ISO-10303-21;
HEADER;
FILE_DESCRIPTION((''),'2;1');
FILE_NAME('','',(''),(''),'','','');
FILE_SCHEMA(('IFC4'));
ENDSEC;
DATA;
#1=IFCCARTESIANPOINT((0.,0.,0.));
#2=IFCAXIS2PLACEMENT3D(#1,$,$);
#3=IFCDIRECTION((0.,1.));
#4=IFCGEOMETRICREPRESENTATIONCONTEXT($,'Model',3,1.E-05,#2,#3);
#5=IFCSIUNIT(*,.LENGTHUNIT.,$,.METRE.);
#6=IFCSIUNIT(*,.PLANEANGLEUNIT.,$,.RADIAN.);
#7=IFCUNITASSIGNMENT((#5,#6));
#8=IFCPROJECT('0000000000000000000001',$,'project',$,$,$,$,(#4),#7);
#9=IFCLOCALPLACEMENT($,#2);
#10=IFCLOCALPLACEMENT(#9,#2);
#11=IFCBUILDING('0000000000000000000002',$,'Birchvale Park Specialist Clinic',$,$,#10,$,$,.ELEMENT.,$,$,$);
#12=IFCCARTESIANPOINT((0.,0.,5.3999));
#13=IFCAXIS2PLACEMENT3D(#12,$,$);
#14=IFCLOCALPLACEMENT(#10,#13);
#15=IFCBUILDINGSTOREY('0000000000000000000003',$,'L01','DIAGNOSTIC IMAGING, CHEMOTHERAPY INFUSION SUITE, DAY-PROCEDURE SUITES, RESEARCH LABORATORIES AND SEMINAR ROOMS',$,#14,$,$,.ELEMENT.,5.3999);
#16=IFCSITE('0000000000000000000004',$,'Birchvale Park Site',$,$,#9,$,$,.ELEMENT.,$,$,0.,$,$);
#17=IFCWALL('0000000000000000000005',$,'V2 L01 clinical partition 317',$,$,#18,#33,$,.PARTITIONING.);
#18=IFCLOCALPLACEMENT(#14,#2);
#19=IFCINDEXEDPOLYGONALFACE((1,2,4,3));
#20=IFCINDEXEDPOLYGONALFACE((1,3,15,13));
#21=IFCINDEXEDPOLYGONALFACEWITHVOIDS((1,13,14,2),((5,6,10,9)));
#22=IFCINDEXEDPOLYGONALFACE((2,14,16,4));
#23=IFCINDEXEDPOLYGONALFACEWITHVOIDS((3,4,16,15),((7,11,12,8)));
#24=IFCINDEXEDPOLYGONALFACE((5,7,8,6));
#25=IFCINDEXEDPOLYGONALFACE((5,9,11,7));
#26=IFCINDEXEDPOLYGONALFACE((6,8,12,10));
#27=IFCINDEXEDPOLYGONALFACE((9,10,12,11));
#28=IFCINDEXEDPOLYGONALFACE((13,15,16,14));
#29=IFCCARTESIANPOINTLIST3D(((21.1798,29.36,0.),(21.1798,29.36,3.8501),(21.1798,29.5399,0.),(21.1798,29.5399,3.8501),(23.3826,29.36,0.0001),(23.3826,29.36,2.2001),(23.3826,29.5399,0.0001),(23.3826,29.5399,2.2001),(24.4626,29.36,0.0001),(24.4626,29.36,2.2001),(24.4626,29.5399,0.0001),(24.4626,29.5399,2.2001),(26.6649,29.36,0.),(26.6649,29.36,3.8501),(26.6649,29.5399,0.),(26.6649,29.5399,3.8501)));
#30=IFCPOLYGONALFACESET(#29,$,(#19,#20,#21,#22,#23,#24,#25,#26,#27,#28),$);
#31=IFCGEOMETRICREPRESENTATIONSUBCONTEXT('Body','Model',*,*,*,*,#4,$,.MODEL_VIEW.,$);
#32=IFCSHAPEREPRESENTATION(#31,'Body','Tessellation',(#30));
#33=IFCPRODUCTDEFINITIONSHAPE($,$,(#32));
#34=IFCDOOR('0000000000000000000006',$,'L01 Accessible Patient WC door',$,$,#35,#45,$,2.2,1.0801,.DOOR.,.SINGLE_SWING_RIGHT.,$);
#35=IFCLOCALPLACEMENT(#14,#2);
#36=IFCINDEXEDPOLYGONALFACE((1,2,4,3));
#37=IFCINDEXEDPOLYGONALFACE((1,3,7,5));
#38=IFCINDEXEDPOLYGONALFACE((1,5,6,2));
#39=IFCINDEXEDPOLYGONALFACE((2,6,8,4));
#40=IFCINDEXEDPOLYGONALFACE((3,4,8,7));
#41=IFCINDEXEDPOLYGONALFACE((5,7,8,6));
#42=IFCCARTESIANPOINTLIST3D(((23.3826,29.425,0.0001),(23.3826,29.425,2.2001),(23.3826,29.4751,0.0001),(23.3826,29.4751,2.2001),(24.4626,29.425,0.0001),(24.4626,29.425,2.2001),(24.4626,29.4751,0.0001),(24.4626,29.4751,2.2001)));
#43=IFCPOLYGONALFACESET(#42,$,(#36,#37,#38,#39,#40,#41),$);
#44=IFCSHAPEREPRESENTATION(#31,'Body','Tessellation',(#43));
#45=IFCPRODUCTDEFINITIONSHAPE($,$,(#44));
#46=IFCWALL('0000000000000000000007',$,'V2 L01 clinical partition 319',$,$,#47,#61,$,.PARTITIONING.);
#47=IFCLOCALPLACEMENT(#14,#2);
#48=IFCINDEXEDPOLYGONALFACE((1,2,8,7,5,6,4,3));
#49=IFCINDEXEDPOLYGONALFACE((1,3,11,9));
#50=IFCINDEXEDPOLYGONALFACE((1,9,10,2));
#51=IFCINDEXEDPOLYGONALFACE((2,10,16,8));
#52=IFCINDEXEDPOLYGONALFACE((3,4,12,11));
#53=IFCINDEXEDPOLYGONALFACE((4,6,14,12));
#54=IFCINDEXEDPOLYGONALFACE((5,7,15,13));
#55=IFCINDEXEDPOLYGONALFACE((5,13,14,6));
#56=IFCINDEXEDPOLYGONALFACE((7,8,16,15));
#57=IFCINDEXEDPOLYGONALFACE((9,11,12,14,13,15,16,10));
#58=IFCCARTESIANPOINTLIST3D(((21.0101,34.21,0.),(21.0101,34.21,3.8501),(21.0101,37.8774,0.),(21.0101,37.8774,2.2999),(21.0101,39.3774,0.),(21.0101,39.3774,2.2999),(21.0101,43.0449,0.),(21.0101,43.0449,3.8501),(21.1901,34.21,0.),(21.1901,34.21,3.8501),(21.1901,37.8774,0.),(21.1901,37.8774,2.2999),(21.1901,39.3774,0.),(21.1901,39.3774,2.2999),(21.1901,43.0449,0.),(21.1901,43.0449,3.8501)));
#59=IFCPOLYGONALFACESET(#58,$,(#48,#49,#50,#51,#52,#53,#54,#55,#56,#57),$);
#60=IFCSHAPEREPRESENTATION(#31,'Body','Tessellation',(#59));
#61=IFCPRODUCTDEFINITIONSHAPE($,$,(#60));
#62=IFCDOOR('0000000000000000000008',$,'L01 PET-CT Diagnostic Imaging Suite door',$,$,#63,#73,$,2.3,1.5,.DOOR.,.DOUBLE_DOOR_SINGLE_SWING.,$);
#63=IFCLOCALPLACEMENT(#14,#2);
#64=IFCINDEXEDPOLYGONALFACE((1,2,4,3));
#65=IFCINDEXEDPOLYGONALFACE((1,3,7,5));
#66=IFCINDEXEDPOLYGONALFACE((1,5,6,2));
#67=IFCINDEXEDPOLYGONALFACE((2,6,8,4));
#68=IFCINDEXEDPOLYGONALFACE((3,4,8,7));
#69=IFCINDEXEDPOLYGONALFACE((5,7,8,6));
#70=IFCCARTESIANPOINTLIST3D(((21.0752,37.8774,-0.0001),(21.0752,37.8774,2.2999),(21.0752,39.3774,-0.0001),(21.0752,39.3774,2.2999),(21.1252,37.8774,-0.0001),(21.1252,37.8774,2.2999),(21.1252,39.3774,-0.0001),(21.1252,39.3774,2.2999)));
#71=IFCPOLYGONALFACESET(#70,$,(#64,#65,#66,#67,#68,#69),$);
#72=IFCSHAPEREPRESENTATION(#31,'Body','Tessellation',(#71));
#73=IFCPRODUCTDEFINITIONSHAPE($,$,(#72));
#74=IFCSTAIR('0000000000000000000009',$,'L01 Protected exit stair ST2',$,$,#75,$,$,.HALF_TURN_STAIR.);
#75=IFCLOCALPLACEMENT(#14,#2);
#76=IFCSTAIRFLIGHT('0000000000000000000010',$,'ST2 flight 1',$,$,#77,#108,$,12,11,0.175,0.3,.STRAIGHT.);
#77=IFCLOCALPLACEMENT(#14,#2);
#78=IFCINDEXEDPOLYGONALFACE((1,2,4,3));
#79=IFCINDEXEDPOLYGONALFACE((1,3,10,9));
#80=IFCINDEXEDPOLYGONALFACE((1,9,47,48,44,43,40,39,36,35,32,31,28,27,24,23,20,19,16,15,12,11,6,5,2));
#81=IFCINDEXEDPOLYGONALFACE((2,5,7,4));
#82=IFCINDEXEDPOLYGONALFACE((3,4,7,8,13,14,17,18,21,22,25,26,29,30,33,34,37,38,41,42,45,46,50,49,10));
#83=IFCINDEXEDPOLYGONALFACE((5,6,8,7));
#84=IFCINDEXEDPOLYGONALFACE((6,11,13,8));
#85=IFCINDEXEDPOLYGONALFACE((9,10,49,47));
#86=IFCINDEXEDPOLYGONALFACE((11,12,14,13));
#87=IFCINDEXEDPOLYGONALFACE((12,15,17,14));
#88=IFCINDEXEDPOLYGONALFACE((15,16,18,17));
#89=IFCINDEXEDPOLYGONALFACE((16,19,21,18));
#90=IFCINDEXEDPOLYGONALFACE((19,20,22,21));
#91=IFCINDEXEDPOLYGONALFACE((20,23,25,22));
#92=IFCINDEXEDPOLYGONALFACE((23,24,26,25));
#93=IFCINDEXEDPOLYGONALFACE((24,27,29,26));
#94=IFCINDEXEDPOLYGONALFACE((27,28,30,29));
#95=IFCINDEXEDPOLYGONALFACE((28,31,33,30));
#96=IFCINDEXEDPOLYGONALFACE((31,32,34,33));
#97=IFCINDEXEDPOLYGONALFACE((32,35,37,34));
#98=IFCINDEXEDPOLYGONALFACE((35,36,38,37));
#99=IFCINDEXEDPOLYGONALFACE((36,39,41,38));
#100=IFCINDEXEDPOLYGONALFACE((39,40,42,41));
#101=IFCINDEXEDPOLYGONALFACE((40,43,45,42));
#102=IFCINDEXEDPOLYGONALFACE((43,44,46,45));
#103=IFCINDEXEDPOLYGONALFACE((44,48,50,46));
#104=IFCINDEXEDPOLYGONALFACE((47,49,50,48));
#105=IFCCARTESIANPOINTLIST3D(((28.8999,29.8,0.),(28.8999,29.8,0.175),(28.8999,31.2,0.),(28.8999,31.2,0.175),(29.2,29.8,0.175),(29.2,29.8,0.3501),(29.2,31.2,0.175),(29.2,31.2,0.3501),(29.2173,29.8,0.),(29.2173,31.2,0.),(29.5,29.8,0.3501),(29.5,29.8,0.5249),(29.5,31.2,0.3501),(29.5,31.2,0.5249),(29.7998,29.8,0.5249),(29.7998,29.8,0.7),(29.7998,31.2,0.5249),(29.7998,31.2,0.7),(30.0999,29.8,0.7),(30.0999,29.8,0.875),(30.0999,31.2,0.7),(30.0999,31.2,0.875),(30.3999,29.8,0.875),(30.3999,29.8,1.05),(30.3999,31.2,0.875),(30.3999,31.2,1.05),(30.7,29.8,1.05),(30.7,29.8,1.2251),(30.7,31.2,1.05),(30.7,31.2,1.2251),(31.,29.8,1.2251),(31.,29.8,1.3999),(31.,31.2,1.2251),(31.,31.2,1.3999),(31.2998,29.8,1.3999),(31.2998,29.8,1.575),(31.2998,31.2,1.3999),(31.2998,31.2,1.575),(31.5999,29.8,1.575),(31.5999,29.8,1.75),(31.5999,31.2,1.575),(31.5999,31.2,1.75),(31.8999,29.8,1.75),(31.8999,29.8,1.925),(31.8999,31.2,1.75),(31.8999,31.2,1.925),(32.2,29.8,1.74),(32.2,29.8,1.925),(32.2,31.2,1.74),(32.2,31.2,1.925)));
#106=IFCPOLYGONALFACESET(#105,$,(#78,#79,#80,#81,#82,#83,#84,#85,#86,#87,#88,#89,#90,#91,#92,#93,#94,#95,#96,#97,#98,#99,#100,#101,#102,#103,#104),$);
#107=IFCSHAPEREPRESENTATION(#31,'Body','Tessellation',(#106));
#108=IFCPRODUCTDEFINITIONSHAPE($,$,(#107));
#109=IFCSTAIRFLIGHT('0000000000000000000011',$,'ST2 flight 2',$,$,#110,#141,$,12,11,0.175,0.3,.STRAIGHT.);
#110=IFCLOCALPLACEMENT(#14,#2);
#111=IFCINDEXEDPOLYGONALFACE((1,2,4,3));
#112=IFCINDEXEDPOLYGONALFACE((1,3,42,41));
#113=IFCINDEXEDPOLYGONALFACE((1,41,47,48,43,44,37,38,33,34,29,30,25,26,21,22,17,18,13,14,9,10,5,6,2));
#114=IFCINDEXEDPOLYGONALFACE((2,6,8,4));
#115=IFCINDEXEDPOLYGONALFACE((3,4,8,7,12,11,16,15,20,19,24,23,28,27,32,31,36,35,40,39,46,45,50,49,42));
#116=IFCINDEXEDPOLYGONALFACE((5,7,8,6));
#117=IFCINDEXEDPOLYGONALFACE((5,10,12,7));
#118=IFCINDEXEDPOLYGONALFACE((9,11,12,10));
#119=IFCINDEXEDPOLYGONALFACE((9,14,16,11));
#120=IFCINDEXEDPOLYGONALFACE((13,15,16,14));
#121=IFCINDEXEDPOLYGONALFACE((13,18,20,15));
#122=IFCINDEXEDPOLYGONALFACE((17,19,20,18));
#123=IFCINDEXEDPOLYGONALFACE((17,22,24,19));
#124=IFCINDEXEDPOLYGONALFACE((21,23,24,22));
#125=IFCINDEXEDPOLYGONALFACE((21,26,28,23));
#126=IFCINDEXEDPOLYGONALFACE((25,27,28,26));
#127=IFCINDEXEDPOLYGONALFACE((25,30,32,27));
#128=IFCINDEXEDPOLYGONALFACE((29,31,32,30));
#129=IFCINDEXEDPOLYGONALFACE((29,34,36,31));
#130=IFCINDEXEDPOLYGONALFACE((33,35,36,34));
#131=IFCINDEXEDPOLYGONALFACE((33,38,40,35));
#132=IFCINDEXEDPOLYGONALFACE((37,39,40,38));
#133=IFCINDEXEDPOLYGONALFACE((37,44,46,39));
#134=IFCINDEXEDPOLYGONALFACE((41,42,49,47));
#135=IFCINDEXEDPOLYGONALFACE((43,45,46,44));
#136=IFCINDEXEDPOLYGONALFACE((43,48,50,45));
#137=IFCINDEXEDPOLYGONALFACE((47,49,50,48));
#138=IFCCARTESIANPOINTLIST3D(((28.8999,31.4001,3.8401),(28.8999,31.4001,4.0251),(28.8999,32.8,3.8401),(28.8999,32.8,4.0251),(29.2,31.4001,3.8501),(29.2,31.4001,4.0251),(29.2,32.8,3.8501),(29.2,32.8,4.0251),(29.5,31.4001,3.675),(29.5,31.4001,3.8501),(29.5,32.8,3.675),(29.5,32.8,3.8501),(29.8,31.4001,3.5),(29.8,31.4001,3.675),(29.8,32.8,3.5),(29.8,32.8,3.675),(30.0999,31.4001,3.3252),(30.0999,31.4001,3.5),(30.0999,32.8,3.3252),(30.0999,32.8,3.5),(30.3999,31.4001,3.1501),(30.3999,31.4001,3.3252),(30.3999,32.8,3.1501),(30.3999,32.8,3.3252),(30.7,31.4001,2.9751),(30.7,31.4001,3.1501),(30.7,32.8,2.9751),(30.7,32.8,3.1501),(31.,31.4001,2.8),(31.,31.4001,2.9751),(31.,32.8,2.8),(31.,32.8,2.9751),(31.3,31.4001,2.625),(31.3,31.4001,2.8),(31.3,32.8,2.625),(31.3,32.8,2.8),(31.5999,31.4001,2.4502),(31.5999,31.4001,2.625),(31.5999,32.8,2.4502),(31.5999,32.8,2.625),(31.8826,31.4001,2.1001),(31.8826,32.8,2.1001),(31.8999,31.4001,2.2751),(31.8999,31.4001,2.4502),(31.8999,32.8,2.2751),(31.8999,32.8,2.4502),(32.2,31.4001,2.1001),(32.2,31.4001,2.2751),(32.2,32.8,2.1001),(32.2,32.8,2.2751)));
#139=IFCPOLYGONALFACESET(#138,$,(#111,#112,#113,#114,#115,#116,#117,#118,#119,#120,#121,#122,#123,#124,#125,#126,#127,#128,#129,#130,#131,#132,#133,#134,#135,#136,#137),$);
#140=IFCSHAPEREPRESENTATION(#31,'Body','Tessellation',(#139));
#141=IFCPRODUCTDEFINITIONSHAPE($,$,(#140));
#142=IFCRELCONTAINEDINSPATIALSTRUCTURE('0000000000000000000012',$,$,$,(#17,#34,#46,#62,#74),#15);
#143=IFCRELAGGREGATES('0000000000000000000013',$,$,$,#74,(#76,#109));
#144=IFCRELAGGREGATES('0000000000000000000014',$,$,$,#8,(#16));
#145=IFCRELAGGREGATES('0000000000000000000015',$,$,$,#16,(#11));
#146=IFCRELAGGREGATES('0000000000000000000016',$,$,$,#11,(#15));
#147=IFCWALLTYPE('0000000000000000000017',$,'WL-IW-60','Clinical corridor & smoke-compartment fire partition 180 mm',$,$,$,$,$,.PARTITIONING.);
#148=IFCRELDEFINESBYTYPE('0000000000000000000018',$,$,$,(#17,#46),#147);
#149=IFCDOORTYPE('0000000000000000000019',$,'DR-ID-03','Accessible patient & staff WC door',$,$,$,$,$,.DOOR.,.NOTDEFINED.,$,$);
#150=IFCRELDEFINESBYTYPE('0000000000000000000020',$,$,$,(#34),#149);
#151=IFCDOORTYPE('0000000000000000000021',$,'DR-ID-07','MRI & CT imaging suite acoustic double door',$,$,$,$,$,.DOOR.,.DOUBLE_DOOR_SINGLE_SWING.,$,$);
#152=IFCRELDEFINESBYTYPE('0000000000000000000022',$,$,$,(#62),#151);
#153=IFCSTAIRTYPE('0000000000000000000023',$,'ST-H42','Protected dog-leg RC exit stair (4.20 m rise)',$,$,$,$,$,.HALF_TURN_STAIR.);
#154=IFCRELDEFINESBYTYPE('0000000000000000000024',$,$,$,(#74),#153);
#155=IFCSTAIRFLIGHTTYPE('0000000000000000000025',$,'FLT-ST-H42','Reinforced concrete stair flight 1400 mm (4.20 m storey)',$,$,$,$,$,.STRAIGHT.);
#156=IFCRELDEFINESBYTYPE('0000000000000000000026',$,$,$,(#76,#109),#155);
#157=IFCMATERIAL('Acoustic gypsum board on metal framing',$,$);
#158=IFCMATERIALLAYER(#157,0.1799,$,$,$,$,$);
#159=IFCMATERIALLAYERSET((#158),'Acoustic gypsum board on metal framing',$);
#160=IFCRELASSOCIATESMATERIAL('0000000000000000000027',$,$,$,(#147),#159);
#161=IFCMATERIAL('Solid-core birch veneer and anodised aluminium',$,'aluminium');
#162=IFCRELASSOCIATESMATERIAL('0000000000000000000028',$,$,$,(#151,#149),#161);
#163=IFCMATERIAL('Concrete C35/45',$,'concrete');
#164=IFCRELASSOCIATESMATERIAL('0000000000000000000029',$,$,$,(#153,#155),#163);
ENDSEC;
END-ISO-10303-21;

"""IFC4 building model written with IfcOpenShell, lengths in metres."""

from ifc_helpers import new_model, si_unit, direction, frame, frame_2d, origin, place, context, subcontext, project, spatial, polyline, rectangle, outline, extrude, material, layer, layer_set, type_object, element, fill, aggregate, save


model = new_model("IFC4")

# Units and contexts
model_context = context("Model", 3, precision=1e-05, world=origin(), true_north=direction((0.0, 1.0)))
body_context = subcontext(model_context, "Body", "Model", "MODEL_VIEW")
ifc_project = project(units=[si_unit("LENGTHUNIT", "METRE"), si_unit("PLANEANGLEUNIT", "RADIAN")], contexts=[model_context])

# Site, building, storey
site_placement = place(None, origin())
site = spatial("IfcSite", under=ifc_project, at=site_placement, Name="Birchvale Park Site", CompositionType="ELEMENT", RefElevation=0.0)
building_placement = place(site_placement, origin())
building = spatial("IfcBuilding", under=site, at=building_placement, Name="Birchvale Park Specialist Clinic", CompositionType="ELEMENT")
storey_placement = place(building_placement, frame((0.0, 0.0, 5.3999)))
storey = spatial("IfcBuildingStorey", under=building, at=storey_placement, Name="L01", Description="DIAGNOSTIC IMAGING, CHEMOTHERAPY INFUSION SUITE, DAY-PROCEDURE SUITES, RESEARCH LABORATORIES AND SEMINAR ROOMS", CompositionType="ELEMENT", Elevation=5.3999)

# Shared definitions
ifc_material_1 = material(Name="Solid-core birch veneer and anodised aluminium", Category="aluminium")

# Shared definitions
ifc_material_2 = material(Name="Acoustic gypsum board on metal framing")

# Shared definitions
ifc_layer_1 = layer(ifc_material_2, 0.1799)
ifc_layer_set_1 = layer_set([ifc_layer_1], Name="Acoustic gypsum board on metal framing")
wall_type_1 = type_object("IfcWallType", Name="WL-IW-60", Description="Clinical corridor & smoke-compartment fire partition 180 mm", PredefinedType="PARTITIONING", material=ifc_layer_set_1)
door_type_1 = type_object("IfcDoorType", Name="DR-ID-07", Description="MRI & CT imaging suite acoustic double door", OperationType="DOUBLE_DOOR_SINGLE_SWING", PredefinedType="DOOR", material=ifc_material_1)

# Walls, openings, doors
wall_1_placement = place(storey_placement, frame((26.665, 29.45, 0.0), z_axis=(0.0, 0.0, 1.0), x_axis=(-1.0, 0.0, 0.0)))
wall_1 = element("IfcWall", 1, at=wall_1_placement, inside=storey, type_object=wall_type_1, Name="V2 L01 clinical partition 317", PredefinedType="PARTITIONING", context=body_context, shape_type="SweptSolid", body=[
    extrude(rectangle(XDim=5.4851, YDim=0.1799, at=frame_2d((2.7427, 0.0))), origin(), (0.0, 0.0, 1.0), 3.8501),
])
opening_1_placement = place(wall_1_placement, frame((2.2024, 0.0, 0.0)))
opening_1 = element("IfcOpeningElement", 2, at=opening_1_placement, cuts=wall_1, PredefinedType="OPENING", context=body_context, shape_type="SweptSolid", body=[
    extrude(rectangle(XDim=1.0801, YDim=2.2, at=frame_2d((0.54, 1.1001))), frame((0.0, 0.1001, 0.0), z_axis=(0.0, -1.0, 0.0), x_axis=(1.0, 0.0, 0.0)), (0.0, 0.0, 1.0), 0.2),
])
door_type_2 = type_object("IfcDoorType", Name="DR-ID-03", Description="Accessible patient & staff WC door", OperationType="NOTDEFINED", PredefinedType="DOOR", material=ifc_material_1)
door_1_placement = place(opening_1_placement, origin())
door_1 = element("IfcDoor", 3, at=door_1_placement, inside=storey, type_object=door_type_2, Name="L01 Accessible Patient WC door", OperationType="SINGLE_SWING_RIGHT", OverallHeight=2.2, OverallWidth=1.0801, PredefinedType="DOOR", context=body_context, shape_type="SweptSolid", body=[
    extrude(rectangle(XDim=1.0801, YDim=2.2, at=frame_2d((0.54, 1.1001))), frame((0.0, 0.0249, 0.0), z_axis=(0.0, -1.0, 0.0), x_axis=(1.0, 0.0, 0.0)), (0.0, 0.0, 1.0), 0.05),
])
fill(opening_1, door_1)
wall_2_placement = place(storey_placement, frame((21.1001, 34.21, 0.0), z_axis=(0.0, 0.0, 1.0), x_axis=(0.0, 1.0, 0.0)))
wall_2 = element("IfcWall", 4, at=wall_2_placement, inside=storey, type_object=wall_type_1, Name="V2 L01 clinical partition 319", PredefinedType="PARTITIONING", context=body_context, shape_type="SweptSolid", body=[
    extrude(rectangle(XDim=8.835, YDim=0.1799, at=frame_2d((4.4175, 0.0))), origin(), (0.0, 0.0, 1.0), 3.8501),
])
opening_2_placement = place(wall_2_placement, frame((3.6675, 0.0, 0.0)))
opening_2 = element("IfcOpeningElement", 5, at=opening_2_placement, cuts=wall_2, PredefinedType="OPENING", context=body_context, shape_type="SweptSolid", body=[
    extrude(rectangle(XDim=1.5, YDim=2.3, at=frame_2d((0.75, 1.1499))), frame((0.0, 0.1001, 0.0), z_axis=(0.0, -1.0, 0.0), x_axis=(1.0, 0.0, 0.0)), (0.0, 0.0, 1.0), 0.2),
])
door_2_placement = place(opening_2_placement, origin())
door_2 = element("IfcDoor", 6, at=door_2_placement, inside=storey, type_object=door_type_1, Name="L01 PET-CT Diagnostic Imaging Suite door", OperationType="DOUBLE_DOOR_SINGLE_SWING", OverallHeight=2.3, OverallWidth=1.5, PredefinedType="DOOR", context=body_context, shape_type="SweptSolid", body=[
    extrude(rectangle(XDim=1.5, YDim=2.3, at=frame_2d((0.75, 1.1499))), frame((0.0, 0.0249, 0.0), z_axis=(0.0, -1.0, 0.0), x_axis=(1.0, 0.0, 0.0)), (0.0, 0.0, 1.0), 0.05),
])
fill(opening_2, door_2)

# Stair, stair flights
ifc_material_3 = material(Name="Concrete C35/45", Category="concrete")
stair_type = type_object("IfcStairType", Name="ST-H42", Description="Protected dog-leg RC exit stair (4.20 m rise)", PredefinedType="HALF_TURN_STAIR", material=ifc_material_3)
stair_placement = place(storey_placement, origin())
stair = element("IfcStair", 7, at=stair_placement, inside=storey, type_object=stair_type, Name="L01 Protected exit stair ST2", PredefinedType="HALF_TURN_STAIR")
stair_flight_type = type_object("IfcStairFlightType", Name="FLT-ST-H42", Description="Reinforced concrete stair flight 1400 mm (4.20 m storey)", PredefinedType="STRAIGHT", material=ifc_material_3)
stair_flight_1_placement = place(storey_placement, frame((28.8999, 30.5, 0.0), z_axis=(0.0, 0.0, 1.0), x_axis=(1.0, 0.0, 0.0)))
stair_flight_1 = element("IfcStairFlight", 8, at=stair_flight_1_placement, type_object=stair_flight_type, Name="ST2 flight 1", NumberOfRisers=12, NumberOfTreads=11, PredefinedType="STRAIGHT", RiserHeight=0.175, TreadLength=0.3, context=body_context, shape_type="SweptSolid", body=[
    extrude(outline(polyline([(0.0, 0.0), (0.0, 0.175), (0.3, 0.175), (0.3, 0.3501), (0.6001, 0.3501), (0.6001, 0.5249), (0.8999, 0.5249), (0.8999, 0.7), (1.2, 0.7), (1.2, 0.875), (1.5, 0.875), (1.5, 1.05), (1.8, 1.05), (1.8, 1.2251), (2.1001, 1.2251), (2.1001, 1.3999), (2.3999, 1.3999), (2.3999, 1.575), (2.7, 1.575), (2.7, 1.75), (3.0, 1.75), (3.0, 1.925), (3.3, 1.925), (3.3, 2.1001), (3.3, 1.74), (0.3174, 0.0), (0.0, 0.0)])), frame((0.0, 0.7, 0.0), z_axis=(0.0, -1.0, 0.0), x_axis=(1.0, 0.0, 0.0)), (0.0, 0.0, 1.0), 1.3999),
])
stair_flight_2_placement = place(storey_placement, frame((32.2, 32.1001, 2.1001), z_axis=(0.0, 0.0, 1.0), x_axis=(-1.0, 0.0, 0.0)))
stair_flight_2 = element("IfcStairFlight", 9, at=stair_flight_2_placement, type_object=stair_flight_type, Name="ST2 flight 2", NumberOfRisers=12, NumberOfTreads=11, PredefinedType="STRAIGHT", RiserHeight=0.175, TreadLength=0.3, context=body_context, shape_type="SweptSolid", body=[
    extrude(outline(polyline([(0.0, 0.0), (0.0, 0.175), (0.3, 0.175), (0.3, 0.3501), (0.6001, 0.3501), (0.6001, 0.5249), (0.8999, 0.5249), (0.8999, 0.7), (1.2, 0.7), (1.2, 0.875), (1.5, 0.875), (1.5, 1.05), (1.8, 1.05), (1.8, 1.2251), (2.1001, 1.2251), (2.1001, 1.3999), (2.3999, 1.3999), (2.3999, 1.575), (2.7, 1.575), (2.7, 1.75), (3.0, 1.75), (3.0, 1.925), (3.3, 1.925), (3.3, 2.1001), (3.3, 1.74), (0.3174, 0.0), (0.0, 0.0)])), frame((0.0, 0.7, 0.0), z_axis=(0.0, -1.0, 0.0), x_axis=(1.0, 0.0, 0.0)), (0.0, 0.0, 1.0), 1.3999),
])
aggregate(stair, [stair_flight_1, stair_flight_2])

save(model, "model.ifc")
